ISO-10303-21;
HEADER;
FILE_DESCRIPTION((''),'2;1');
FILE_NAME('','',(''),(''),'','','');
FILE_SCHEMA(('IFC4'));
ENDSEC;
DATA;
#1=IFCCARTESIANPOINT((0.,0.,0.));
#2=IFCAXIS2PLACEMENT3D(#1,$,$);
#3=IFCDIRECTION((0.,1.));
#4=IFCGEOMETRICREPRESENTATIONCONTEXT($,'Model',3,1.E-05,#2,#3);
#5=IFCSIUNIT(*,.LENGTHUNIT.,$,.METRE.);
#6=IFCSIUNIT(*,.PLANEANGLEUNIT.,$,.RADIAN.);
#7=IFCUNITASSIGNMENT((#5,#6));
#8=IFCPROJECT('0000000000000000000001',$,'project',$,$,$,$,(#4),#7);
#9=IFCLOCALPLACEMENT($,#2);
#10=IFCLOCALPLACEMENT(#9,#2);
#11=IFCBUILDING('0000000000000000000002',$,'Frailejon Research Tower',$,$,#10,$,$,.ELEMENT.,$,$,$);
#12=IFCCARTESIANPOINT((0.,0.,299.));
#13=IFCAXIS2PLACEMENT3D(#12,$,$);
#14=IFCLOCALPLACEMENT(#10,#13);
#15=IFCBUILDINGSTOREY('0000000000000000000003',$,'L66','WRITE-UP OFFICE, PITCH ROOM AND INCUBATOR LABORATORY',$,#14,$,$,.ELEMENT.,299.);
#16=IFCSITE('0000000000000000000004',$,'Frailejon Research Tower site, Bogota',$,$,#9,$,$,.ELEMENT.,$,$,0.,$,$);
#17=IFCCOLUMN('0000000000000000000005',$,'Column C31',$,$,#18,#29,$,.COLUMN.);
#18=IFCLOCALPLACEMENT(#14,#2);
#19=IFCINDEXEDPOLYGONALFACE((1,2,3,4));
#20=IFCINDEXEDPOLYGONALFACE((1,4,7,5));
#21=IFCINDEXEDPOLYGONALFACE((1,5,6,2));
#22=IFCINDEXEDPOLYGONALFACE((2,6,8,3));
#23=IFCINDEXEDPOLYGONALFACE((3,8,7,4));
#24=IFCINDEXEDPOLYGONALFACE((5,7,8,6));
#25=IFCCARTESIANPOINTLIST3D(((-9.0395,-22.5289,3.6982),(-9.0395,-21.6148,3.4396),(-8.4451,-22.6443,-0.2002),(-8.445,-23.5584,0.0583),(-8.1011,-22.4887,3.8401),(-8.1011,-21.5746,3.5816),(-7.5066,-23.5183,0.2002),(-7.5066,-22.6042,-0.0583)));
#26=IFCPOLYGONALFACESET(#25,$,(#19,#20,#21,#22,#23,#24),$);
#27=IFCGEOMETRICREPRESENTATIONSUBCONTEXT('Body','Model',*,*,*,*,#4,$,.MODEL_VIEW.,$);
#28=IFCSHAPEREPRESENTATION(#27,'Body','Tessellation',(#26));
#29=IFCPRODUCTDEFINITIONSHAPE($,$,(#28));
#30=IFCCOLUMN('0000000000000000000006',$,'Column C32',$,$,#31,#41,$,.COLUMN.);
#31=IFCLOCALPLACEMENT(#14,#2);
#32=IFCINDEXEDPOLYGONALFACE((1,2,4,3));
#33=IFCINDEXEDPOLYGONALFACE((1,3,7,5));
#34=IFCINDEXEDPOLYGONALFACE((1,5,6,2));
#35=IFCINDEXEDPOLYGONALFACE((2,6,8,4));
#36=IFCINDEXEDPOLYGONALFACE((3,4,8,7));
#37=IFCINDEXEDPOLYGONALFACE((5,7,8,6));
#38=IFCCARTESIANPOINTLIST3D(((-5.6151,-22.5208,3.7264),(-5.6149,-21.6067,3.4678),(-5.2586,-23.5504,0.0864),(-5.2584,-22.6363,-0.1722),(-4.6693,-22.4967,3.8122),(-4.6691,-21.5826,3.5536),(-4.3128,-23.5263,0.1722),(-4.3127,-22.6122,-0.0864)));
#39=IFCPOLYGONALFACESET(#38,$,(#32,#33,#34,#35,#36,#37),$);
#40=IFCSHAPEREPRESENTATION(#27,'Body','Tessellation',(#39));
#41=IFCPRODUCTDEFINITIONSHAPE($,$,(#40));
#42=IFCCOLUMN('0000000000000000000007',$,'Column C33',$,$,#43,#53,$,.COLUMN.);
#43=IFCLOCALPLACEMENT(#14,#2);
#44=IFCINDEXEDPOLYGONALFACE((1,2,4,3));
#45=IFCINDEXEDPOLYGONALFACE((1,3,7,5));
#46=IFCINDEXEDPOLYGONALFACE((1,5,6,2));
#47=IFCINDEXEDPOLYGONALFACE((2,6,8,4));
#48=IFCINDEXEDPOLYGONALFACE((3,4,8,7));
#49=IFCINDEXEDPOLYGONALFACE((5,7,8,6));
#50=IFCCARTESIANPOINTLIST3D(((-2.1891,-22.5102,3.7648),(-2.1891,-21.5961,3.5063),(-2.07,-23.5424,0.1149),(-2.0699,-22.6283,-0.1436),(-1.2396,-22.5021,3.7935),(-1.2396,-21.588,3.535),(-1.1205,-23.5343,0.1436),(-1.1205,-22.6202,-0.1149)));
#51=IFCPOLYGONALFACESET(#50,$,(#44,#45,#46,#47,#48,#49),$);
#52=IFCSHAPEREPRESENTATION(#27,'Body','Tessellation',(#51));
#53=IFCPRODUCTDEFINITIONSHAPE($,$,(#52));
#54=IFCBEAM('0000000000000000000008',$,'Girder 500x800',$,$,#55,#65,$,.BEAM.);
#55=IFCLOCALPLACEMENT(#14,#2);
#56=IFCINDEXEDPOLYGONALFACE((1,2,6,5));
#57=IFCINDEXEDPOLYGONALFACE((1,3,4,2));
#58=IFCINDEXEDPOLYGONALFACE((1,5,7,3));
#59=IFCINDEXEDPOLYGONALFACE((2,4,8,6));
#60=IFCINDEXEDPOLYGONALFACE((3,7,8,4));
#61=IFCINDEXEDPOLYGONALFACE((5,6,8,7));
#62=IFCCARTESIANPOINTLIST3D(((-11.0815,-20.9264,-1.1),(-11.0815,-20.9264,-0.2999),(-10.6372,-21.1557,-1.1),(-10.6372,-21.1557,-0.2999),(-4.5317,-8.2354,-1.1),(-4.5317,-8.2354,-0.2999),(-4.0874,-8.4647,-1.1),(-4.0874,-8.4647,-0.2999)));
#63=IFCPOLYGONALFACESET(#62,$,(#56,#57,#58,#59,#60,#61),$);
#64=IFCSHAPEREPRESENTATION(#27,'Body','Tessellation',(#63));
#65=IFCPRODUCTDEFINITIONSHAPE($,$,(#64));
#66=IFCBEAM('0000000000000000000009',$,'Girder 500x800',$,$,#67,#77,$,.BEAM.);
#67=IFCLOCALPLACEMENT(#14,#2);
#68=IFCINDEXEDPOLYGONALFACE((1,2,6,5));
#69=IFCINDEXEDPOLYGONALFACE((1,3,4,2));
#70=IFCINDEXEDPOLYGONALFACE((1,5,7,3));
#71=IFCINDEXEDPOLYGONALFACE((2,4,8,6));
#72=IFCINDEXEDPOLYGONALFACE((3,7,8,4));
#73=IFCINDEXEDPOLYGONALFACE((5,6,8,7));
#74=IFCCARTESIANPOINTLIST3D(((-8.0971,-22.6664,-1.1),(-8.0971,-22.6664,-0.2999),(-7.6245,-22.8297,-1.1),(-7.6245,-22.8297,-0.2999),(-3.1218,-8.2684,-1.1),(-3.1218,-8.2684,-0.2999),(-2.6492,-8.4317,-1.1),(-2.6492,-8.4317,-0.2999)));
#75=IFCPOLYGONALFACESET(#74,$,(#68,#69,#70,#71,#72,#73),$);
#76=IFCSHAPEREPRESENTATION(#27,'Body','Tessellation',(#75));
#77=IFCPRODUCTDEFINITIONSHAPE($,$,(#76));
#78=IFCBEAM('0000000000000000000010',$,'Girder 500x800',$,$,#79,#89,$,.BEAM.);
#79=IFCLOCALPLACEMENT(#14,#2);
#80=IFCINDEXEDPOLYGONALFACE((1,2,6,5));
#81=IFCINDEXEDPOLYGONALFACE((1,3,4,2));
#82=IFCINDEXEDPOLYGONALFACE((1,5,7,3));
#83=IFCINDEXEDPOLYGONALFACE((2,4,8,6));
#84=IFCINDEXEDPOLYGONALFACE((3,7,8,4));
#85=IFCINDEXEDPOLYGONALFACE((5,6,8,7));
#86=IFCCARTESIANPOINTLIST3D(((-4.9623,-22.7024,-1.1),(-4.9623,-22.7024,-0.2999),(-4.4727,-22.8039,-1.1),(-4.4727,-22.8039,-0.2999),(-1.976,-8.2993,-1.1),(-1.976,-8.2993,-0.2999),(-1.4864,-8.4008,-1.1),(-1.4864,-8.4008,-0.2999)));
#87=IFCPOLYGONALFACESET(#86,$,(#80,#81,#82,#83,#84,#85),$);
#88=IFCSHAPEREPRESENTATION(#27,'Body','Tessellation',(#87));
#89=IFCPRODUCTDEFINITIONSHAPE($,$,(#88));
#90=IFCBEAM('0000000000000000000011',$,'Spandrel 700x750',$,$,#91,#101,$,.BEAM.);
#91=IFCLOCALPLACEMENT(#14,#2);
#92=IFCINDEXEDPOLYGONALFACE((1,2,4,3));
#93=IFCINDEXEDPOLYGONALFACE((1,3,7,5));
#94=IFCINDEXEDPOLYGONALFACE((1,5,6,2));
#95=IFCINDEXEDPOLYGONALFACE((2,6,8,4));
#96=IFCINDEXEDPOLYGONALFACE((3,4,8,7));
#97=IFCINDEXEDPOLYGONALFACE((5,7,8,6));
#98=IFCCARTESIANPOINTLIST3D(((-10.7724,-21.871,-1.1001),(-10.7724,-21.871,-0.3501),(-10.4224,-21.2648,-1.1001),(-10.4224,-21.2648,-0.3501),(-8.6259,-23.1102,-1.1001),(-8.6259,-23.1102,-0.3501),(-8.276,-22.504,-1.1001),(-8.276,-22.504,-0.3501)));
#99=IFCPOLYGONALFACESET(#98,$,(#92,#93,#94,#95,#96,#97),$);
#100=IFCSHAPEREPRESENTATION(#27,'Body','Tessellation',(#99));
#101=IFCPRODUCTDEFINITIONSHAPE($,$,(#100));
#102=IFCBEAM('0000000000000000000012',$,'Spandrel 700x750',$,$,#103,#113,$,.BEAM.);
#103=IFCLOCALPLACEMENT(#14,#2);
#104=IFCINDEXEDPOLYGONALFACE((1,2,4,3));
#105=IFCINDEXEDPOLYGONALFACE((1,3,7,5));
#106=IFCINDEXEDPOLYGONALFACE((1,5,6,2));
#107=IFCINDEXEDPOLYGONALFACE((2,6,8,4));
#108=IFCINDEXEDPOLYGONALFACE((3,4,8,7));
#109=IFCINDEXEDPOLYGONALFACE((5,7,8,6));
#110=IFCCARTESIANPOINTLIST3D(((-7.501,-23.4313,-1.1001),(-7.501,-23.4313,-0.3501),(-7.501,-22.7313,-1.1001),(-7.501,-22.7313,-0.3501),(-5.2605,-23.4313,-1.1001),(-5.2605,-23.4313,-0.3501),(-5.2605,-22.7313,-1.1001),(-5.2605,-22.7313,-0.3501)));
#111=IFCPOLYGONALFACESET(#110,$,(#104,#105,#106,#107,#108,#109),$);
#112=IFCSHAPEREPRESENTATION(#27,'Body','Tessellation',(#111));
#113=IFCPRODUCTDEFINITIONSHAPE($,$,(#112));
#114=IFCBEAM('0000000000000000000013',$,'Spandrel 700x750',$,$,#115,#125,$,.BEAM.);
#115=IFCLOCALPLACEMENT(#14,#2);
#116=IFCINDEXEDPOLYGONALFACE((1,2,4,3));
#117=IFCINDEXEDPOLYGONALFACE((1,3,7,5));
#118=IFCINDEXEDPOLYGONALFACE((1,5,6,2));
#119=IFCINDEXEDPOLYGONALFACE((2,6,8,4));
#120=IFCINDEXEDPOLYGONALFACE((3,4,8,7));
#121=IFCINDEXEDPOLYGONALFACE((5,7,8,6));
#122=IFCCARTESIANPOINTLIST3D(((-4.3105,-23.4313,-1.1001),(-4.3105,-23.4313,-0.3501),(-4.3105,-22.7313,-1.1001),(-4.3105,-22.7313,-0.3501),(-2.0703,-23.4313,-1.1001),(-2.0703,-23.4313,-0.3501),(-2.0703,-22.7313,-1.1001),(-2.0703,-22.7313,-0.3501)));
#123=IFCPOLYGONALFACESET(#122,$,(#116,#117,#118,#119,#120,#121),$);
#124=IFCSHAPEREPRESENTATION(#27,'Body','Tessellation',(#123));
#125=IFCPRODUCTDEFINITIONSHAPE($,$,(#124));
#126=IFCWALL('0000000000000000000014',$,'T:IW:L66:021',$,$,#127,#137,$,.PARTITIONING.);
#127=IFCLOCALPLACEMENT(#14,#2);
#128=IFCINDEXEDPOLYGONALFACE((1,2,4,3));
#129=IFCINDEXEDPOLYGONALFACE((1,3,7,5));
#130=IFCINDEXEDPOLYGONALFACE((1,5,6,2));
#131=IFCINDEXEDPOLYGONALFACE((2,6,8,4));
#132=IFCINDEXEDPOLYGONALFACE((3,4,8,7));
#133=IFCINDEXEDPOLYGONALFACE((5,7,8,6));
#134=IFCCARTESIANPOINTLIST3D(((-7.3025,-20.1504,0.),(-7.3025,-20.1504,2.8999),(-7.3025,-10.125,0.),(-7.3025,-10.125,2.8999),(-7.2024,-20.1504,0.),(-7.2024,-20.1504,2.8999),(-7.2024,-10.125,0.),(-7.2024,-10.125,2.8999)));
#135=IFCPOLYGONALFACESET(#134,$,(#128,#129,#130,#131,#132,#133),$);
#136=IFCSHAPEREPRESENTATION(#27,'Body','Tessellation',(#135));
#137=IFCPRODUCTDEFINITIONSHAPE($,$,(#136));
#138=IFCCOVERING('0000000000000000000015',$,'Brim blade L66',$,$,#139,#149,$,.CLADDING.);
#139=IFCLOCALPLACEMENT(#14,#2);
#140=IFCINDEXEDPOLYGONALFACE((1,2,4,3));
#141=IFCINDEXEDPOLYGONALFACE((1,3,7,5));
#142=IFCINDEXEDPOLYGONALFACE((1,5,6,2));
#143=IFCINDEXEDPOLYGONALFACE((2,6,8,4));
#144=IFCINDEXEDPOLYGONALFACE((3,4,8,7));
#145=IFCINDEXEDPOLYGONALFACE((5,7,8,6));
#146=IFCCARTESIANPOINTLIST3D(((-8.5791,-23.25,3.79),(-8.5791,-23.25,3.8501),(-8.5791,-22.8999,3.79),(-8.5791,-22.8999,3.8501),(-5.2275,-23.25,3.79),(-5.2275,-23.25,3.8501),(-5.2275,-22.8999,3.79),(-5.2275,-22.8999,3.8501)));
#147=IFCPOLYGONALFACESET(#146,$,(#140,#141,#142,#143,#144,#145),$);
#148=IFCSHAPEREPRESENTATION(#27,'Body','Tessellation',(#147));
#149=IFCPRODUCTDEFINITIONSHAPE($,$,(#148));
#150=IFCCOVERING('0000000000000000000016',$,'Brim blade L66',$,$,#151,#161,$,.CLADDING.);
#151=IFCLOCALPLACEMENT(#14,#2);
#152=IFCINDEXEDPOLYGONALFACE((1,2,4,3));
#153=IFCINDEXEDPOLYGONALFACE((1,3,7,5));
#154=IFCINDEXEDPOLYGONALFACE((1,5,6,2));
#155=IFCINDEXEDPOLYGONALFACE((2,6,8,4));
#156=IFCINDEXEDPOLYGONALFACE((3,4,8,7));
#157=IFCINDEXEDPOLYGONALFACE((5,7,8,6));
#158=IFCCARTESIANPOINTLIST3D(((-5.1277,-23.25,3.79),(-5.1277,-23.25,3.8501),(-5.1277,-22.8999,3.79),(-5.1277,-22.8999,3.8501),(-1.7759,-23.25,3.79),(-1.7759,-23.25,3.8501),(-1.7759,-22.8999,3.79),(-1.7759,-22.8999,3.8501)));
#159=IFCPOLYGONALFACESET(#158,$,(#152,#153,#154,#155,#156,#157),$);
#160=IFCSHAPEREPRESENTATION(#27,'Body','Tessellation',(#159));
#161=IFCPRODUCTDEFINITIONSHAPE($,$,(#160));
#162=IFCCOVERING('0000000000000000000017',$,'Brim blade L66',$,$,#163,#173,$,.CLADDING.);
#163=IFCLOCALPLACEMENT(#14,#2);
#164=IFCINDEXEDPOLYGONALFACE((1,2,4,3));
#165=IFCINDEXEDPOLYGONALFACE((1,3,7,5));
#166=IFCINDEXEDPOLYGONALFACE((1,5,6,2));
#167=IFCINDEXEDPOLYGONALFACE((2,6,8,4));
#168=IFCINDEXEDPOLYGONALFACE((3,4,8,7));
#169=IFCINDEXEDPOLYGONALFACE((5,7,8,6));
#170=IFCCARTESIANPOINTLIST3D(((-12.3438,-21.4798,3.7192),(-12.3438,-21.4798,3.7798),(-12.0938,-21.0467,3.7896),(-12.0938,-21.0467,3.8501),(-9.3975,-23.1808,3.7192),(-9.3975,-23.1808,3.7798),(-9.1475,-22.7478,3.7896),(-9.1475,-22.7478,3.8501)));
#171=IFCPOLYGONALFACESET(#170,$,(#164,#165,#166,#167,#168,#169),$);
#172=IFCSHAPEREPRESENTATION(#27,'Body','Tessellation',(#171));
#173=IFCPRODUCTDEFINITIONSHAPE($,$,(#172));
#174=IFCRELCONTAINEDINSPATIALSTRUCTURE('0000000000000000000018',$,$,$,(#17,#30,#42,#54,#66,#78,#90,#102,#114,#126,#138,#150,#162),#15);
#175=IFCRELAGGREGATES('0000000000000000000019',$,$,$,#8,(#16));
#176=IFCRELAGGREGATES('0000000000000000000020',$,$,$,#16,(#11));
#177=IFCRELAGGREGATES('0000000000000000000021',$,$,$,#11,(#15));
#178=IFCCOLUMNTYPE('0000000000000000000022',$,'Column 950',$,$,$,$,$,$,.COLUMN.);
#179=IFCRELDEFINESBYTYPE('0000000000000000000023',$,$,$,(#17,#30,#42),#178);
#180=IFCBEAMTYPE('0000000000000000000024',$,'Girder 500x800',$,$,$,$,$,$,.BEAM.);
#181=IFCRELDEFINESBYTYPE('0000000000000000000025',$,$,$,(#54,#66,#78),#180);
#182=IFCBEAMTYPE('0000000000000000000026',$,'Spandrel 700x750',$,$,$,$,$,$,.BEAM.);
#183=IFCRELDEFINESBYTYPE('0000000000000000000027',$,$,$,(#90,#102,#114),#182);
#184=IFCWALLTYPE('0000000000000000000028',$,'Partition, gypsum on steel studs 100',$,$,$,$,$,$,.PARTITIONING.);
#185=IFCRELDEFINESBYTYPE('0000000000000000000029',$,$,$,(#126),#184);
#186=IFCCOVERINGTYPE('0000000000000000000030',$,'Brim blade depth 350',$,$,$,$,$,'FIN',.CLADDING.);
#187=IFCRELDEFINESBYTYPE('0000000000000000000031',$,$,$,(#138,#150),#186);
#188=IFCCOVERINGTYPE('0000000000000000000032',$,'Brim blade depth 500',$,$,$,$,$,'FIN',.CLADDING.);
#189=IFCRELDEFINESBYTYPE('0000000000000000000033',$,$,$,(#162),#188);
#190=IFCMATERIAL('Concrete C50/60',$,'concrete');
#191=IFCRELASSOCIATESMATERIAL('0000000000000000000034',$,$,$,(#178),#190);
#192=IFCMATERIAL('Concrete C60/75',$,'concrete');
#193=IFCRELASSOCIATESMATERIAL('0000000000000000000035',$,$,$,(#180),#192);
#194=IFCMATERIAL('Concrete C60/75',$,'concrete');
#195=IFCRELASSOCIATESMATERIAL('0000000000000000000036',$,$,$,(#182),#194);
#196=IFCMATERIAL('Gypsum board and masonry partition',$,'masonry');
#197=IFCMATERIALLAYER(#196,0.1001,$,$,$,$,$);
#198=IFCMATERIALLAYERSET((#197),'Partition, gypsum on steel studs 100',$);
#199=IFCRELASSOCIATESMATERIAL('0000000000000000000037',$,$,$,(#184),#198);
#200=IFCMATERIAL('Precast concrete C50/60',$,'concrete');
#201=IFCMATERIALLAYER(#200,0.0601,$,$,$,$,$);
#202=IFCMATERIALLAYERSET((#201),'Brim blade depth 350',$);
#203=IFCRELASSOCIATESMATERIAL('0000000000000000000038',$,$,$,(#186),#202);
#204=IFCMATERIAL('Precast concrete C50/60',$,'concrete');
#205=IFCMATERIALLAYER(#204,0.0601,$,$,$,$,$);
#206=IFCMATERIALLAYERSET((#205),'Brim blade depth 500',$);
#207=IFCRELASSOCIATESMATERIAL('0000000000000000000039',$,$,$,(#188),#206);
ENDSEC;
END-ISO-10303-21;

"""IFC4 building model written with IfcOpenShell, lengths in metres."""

from ifc_helpers import new_model, si_unit, direction, frame, frame_2d, origin, origin_2d, place, context, subcontext, project, spatial, polyline, rectangle, outline, extrude, material, layer, layer_set, material_profile, profile_set, type_object, element, save


model = new_model("IFC4")

# Units and contexts
model_context = context("Model", 3, precision=1e-05, world=origin(), true_north=direction((0.0, 1.0)))
body_context = subcontext(model_context, "Body", "Model", "MODEL_VIEW")
ifc_project = project(units=[si_unit("LENGTHUNIT", "METRE"), si_unit("PLANEANGLEUNIT", "RADIAN")], contexts=[model_context])

# Site, building, storey
site_placement = place(None, origin())
site = spatial("IfcSite", under=ifc_project, at=site_placement, Name="Frailejon Research Tower site, Bogota", CompositionType="ELEMENT", RefElevation=0.0)
building_placement = place(site_placement, origin())
building = spatial("IfcBuilding", under=site, at=building_placement, Name="Frailejon Research Tower", CompositionType="ELEMENT")
storey_placement = place(building_placement, frame((0.0, 0.0, 299.0)))
storey = spatial("IfcBuildingStorey", under=building, at=storey_placement, Name="L66", Description="WRITE-UP OFFICE, PITCH ROOM AND INCUBATOR LABORATORY", CompositionType="ELEMENT", Elevation=299.0)

# Columns
ifc_material_1 = material(Name="Concrete C50/60", Category="concrete")
ifc_material_profile_1 = material_profile(ifc_material_1, rectangle(XDim=0.95, YDim=0.95, at=origin_2d()), Name="Column 950")
ifc_profile_set_1 = profile_set([ifc_material_profile_1], Name="Concrete C50/60")
column_type = type_object("IfcColumnType", Name="Column 950", PredefinedType="COLUMN", material=ifc_profile_set_1)
column_1_placement = place(storey_placement, frame((-7.9758, -23.0813, 0.0), z_axis=(-0.155253, 0.268871, 0.950581), x_axis=(0.987875, 0.042277, 0.149386)))
element("IfcColumn", 1, at=column_1_placement, inside=storey, type_object=column_type, Name="Column C31", PredefinedType="COLUMN", context=body_context, shape_type="SweptSolid", body=[
    extrude(rectangle(XDim=0.95, YDim=0.95, at=origin_2d()), origin(), (0.0, 0.0, 1.0), 3.8291),
])
column_2_placement = place(storey_placement, frame((-4.7856, -23.0813, 0.0), z_axis=(-0.093815, 0.270971, 0.958005), x_axis=(0.99559, 0.025368, 0.09032)))
element("IfcColumn", 2, at=column_2_placement, inside=storey, type_object=column_type, Name="Column C32", PredefinedType="COLUMN", context=body_context, shape_type="SweptSolid", body=[
    extrude(rectangle(XDim=0.95, YDim=0.95, at=origin_2d()), origin(), (0.0, 0.0, 1.0), 3.7996),
])
column_3_placement = place(storey_placement, frame((-1.5952, -23.0813, 0.0), z_axis=(-0.031395, 0.272002, 0.961785), x_axis=(0.999507, 0.008525, 0.030215)))
element("IfcColumn", 3, at=column_3_placement, inside=storey, type_object=column_type, Name="Column C33", PredefinedType="COLUMN", context=body_context, shape_type="SweptSolid", body=[
    extrude(rectangle(XDim=0.95, YDim=0.95, at=origin_2d()), origin(), (0.0, 0.0, 1.0), 3.7949),
])

# Beams
ifc_material_2 = material(Name="Concrete C60/75", Category="concrete")
ifc_material_profile_2 = material_profile(ifc_material_2, rectangle(XDim=0.5, YDim=0.8, at=origin_2d()), Name="Girder 500x800")
ifc_profile_set_2 = profile_set([ifc_material_profile_2], Name="Concrete C60/75")
beam_type_1 = type_object("IfcBeamType", Name="Girder 500x800", PredefinedType="BEAM", material=ifc_profile_set_2)
beam_1_placement = place(storey_placement, frame((-10.8594, -21.041, -0.7), z_axis=(0.458624, 0.888631, 0.0), x_axis=(-0.888631, 0.458624, 0.0)))
element("IfcBeam", 4, at=beam_1_placement, inside=storey, type_object=beam_type_1, Name="Girder 500x800", PredefinedType="BEAM", context=body_context, shape_type="SweptSolid", body=[
    extrude(rectangle(XDim=0.5, YDim=0.8, at=origin_2d()), origin(), (0.0, 0.0, 1.0), 14.2815),
])
beam_2_placement = place(storey_placement, frame((-7.8608, -22.748, -0.7), z_axis=(0.326609, 0.94516, 0.0), x_axis=(-0.94516, 0.326609, 0.0)))
element("IfcBeam", 5, at=beam_2_placement, inside=storey, type_object=beam_type_1, Name="Girder 500x800", PredefinedType="BEAM", context=body_context, shape_type="SweptSolid", body=[
    extrude(rectangle(XDim=0.5, YDim=0.8, at=origin_2d()), origin(), (0.0, 0.0, 1.0), 15.2334),
])
beam_3_placement = place(storey_placement, frame((-4.7175, -22.7532, -0.7), z_axis=(0.203022, 0.979174, 0.0), x_axis=(-0.979174, 0.203022, 0.0)))
element("IfcBeam", 6, at=beam_3_placement, inside=storey, type_object=beam_type_1, Name="Girder 500x800", PredefinedType="BEAM", context=body_context, shape_type="SweptSolid", body=[
    extrude(rectangle(XDim=0.5, YDim=0.8, at=origin_2d()), origin(), (0.0, 0.0, 1.0), 14.7095),
])
ifc_material_3 = material(Name="Concrete C60/75", Category="concrete")
ifc_material_profile_3 = material_profile(ifc_material_3, rectangle(XDim=0.7, YDim=0.75, at=origin_2d()), Name="Spandrel 700x750")
ifc_profile_set_3 = profile_set([ifc_material_profile_3], Name="Concrete C60/75")
beam_type_2 = type_object("IfcBeamType", Name="Spandrel 700x750", PredefinedType="BEAM", material=ifc_profile_set_3)
beam_4_placement = place(storey_placement, frame((-10.5974, -21.5679, -0.7251), z_axis=(0.866028, -0.499995, 0.0), x_axis=(0.499995, 0.866028, 0.0)))
element("IfcBeam", 7, at=beam_4_placement, inside=storey, type_object=beam_type_2, Name="Spandrel 700x750", PredefinedType="BEAM", context=body_context, shape_type="SweptSolid", body=[
    extrude(rectangle(XDim=0.7, YDim=0.75, at=origin_2d()), origin(), (0.0, 0.0, 1.0), 2.4785),
])
beam_5_placement = place(storey_placement, frame((-7.501, -23.0813, -0.7251), z_axis=(1.0, 0.0, 0.0), x_axis=(0.0, 1.0, 0.0)))
element("IfcBeam", 8, at=beam_5_placement, inside=storey, type_object=beam_type_2, Name="Spandrel 700x750", PredefinedType="BEAM", context=body_context, shape_type="SweptSolid", body=[
    extrude(rectangle(XDim=0.7, YDim=0.75, at=origin_2d()), origin(), (0.0, 0.0, 1.0), 2.2405),
])
beam_6_placement = place(storey_placement, frame((-4.3105, -23.0813, -0.7251), z_axis=(1.0, 0.0, 0.0), x_axis=(0.0, 1.0, 0.0)))
element("IfcBeam", 9, at=beam_6_placement, inside=storey, type_object=beam_type_2, Name="Spandrel 700x750", PredefinedType="BEAM", context=body_context, shape_type="SweptSolid", body=[
    extrude(rectangle(XDim=0.7, YDim=0.75, at=origin_2d()), origin(), (0.0, 0.0, 1.0), 2.2402),
])

# Wall
ifc_material_4 = material(Name="Gypsum board and masonry partition", Category="masonry")
ifc_layer_1 = layer(ifc_material_4, 0.1001)
ifc_layer_set_1 = layer_set([ifc_layer_1], Name="Partition, gypsum on steel studs 100")
wall_type_1 = type_object("IfcWallType", Name="Partition, gypsum on steel studs 100", PredefinedType="PARTITIONING", material=ifc_layer_set_1)
wall_1_placement = place(storey_placement, frame((-7.2524, -20.1504, 0.0), z_axis=(0.0, 0.0, 1.0), x_axis=(0.0, 1.0, 0.0)))
element("IfcWall", 10, at=wall_1_placement, inside=storey, type_object=wall_type_1, Name="T:IW:L66:021", PredefinedType="PARTITIONING", context=body_context, shape_type="SweptSolid", body=[
    extrude(rectangle(XDim=10.0254, YDim=0.1001, at=frame_2d((5.0127, 0.0))), origin(), (0.0, 0.0, 1.0), 2.8999),
])

# Coverings
ifc_material_5 = material(Name="Precast concrete C50/60", Category="concrete")
ifc_layer_2 = layer(ifc_material_5, 0.0601)
ifc_layer_set_2 = layer_set([ifc_layer_2], Name="Brim blade depth 350")
covering_type_1 = type_object("IfcCoveringType", Name="Brim blade depth 350", ElementType="FIN", PredefinedType="CLADDING", material=ifc_layer_set_2)
covering_1_placement = place(storey_placement, frame((-5.2275, -22.8999, 3.8501), z_axis=(-1.0, 0.0, 0.0), x_axis=(0.0, -1.0, 0.0)))
element("IfcCovering", 11, at=covering_1_placement, inside=storey, type_object=covering_type_1, Name="Brim blade L66", PredefinedType="CLADDING", context=body_context, shape_type="SweptSolid", body=[
    extrude(outline(polyline([(0.0, -0.0601), (0.3501, -0.0601), (0.3501, 0.0), (0.0, 0.0), (0.0, -0.0601)])), origin(), (0.0, 0.0, 1.0), 3.3516),
])
covering_2_placement = place(storey_placement, frame((-1.7759, -22.8999, 3.8501), z_axis=(-1.0, 0.0, 0.0), x_axis=(0.0, -1.0, 0.0)))
element("IfcCovering", 12, at=covering_2_placement, inside=storey, type_object=covering_type_1, Name="Brim blade L66", PredefinedType="CLADDING", context=body_context, shape_type="SweptSolid", body=[
    extrude(outline(polyline([(0.0, -0.0601), (0.3501, -0.0601), (0.3501, 0.0), (0.0, 0.0), (0.0, -0.0601)])), origin(), (0.0, 0.0, 1.0), 3.3518),
])
ifc_material_6 = material(Name="Precast concrete C50/60", Category="concrete")
ifc_layer_3 = layer(ifc_material_6, 0.0601)
ifc_layer_set_3 = layer_set([ifc_layer_3], Name="Brim blade depth 500")
covering_type_2 = type_object("IfcCoveringType", Name="Brim blade depth 500", ElementType="FIN", PredefinedType="CLADDING", material=ifc_layer_set_3)
covering_3_placement = place(storey_placement, frame((-9.1475, -22.7478, 3.8501), z_axis=(-0.866024, 0.500003, 0.0), x_axis=(-0.500003, -0.866024, 0.0)))
element("IfcCovering", 13, at=covering_3_placement, inside=storey, type_object=covering_type_2, Name="Brim blade L66", PredefinedType="CLADDING", context=body_context, shape_type="SweptSolid", body=[
    extrude(outline(polyline([(0.0, -0.0605), (0.5, -0.1309), (0.5, -0.0703), (0.0, 0.0), (0.0, -0.0605)])), origin(), (0.0, 0.0, 1.0), 3.4021),
])

save(model, "model.ifc")
